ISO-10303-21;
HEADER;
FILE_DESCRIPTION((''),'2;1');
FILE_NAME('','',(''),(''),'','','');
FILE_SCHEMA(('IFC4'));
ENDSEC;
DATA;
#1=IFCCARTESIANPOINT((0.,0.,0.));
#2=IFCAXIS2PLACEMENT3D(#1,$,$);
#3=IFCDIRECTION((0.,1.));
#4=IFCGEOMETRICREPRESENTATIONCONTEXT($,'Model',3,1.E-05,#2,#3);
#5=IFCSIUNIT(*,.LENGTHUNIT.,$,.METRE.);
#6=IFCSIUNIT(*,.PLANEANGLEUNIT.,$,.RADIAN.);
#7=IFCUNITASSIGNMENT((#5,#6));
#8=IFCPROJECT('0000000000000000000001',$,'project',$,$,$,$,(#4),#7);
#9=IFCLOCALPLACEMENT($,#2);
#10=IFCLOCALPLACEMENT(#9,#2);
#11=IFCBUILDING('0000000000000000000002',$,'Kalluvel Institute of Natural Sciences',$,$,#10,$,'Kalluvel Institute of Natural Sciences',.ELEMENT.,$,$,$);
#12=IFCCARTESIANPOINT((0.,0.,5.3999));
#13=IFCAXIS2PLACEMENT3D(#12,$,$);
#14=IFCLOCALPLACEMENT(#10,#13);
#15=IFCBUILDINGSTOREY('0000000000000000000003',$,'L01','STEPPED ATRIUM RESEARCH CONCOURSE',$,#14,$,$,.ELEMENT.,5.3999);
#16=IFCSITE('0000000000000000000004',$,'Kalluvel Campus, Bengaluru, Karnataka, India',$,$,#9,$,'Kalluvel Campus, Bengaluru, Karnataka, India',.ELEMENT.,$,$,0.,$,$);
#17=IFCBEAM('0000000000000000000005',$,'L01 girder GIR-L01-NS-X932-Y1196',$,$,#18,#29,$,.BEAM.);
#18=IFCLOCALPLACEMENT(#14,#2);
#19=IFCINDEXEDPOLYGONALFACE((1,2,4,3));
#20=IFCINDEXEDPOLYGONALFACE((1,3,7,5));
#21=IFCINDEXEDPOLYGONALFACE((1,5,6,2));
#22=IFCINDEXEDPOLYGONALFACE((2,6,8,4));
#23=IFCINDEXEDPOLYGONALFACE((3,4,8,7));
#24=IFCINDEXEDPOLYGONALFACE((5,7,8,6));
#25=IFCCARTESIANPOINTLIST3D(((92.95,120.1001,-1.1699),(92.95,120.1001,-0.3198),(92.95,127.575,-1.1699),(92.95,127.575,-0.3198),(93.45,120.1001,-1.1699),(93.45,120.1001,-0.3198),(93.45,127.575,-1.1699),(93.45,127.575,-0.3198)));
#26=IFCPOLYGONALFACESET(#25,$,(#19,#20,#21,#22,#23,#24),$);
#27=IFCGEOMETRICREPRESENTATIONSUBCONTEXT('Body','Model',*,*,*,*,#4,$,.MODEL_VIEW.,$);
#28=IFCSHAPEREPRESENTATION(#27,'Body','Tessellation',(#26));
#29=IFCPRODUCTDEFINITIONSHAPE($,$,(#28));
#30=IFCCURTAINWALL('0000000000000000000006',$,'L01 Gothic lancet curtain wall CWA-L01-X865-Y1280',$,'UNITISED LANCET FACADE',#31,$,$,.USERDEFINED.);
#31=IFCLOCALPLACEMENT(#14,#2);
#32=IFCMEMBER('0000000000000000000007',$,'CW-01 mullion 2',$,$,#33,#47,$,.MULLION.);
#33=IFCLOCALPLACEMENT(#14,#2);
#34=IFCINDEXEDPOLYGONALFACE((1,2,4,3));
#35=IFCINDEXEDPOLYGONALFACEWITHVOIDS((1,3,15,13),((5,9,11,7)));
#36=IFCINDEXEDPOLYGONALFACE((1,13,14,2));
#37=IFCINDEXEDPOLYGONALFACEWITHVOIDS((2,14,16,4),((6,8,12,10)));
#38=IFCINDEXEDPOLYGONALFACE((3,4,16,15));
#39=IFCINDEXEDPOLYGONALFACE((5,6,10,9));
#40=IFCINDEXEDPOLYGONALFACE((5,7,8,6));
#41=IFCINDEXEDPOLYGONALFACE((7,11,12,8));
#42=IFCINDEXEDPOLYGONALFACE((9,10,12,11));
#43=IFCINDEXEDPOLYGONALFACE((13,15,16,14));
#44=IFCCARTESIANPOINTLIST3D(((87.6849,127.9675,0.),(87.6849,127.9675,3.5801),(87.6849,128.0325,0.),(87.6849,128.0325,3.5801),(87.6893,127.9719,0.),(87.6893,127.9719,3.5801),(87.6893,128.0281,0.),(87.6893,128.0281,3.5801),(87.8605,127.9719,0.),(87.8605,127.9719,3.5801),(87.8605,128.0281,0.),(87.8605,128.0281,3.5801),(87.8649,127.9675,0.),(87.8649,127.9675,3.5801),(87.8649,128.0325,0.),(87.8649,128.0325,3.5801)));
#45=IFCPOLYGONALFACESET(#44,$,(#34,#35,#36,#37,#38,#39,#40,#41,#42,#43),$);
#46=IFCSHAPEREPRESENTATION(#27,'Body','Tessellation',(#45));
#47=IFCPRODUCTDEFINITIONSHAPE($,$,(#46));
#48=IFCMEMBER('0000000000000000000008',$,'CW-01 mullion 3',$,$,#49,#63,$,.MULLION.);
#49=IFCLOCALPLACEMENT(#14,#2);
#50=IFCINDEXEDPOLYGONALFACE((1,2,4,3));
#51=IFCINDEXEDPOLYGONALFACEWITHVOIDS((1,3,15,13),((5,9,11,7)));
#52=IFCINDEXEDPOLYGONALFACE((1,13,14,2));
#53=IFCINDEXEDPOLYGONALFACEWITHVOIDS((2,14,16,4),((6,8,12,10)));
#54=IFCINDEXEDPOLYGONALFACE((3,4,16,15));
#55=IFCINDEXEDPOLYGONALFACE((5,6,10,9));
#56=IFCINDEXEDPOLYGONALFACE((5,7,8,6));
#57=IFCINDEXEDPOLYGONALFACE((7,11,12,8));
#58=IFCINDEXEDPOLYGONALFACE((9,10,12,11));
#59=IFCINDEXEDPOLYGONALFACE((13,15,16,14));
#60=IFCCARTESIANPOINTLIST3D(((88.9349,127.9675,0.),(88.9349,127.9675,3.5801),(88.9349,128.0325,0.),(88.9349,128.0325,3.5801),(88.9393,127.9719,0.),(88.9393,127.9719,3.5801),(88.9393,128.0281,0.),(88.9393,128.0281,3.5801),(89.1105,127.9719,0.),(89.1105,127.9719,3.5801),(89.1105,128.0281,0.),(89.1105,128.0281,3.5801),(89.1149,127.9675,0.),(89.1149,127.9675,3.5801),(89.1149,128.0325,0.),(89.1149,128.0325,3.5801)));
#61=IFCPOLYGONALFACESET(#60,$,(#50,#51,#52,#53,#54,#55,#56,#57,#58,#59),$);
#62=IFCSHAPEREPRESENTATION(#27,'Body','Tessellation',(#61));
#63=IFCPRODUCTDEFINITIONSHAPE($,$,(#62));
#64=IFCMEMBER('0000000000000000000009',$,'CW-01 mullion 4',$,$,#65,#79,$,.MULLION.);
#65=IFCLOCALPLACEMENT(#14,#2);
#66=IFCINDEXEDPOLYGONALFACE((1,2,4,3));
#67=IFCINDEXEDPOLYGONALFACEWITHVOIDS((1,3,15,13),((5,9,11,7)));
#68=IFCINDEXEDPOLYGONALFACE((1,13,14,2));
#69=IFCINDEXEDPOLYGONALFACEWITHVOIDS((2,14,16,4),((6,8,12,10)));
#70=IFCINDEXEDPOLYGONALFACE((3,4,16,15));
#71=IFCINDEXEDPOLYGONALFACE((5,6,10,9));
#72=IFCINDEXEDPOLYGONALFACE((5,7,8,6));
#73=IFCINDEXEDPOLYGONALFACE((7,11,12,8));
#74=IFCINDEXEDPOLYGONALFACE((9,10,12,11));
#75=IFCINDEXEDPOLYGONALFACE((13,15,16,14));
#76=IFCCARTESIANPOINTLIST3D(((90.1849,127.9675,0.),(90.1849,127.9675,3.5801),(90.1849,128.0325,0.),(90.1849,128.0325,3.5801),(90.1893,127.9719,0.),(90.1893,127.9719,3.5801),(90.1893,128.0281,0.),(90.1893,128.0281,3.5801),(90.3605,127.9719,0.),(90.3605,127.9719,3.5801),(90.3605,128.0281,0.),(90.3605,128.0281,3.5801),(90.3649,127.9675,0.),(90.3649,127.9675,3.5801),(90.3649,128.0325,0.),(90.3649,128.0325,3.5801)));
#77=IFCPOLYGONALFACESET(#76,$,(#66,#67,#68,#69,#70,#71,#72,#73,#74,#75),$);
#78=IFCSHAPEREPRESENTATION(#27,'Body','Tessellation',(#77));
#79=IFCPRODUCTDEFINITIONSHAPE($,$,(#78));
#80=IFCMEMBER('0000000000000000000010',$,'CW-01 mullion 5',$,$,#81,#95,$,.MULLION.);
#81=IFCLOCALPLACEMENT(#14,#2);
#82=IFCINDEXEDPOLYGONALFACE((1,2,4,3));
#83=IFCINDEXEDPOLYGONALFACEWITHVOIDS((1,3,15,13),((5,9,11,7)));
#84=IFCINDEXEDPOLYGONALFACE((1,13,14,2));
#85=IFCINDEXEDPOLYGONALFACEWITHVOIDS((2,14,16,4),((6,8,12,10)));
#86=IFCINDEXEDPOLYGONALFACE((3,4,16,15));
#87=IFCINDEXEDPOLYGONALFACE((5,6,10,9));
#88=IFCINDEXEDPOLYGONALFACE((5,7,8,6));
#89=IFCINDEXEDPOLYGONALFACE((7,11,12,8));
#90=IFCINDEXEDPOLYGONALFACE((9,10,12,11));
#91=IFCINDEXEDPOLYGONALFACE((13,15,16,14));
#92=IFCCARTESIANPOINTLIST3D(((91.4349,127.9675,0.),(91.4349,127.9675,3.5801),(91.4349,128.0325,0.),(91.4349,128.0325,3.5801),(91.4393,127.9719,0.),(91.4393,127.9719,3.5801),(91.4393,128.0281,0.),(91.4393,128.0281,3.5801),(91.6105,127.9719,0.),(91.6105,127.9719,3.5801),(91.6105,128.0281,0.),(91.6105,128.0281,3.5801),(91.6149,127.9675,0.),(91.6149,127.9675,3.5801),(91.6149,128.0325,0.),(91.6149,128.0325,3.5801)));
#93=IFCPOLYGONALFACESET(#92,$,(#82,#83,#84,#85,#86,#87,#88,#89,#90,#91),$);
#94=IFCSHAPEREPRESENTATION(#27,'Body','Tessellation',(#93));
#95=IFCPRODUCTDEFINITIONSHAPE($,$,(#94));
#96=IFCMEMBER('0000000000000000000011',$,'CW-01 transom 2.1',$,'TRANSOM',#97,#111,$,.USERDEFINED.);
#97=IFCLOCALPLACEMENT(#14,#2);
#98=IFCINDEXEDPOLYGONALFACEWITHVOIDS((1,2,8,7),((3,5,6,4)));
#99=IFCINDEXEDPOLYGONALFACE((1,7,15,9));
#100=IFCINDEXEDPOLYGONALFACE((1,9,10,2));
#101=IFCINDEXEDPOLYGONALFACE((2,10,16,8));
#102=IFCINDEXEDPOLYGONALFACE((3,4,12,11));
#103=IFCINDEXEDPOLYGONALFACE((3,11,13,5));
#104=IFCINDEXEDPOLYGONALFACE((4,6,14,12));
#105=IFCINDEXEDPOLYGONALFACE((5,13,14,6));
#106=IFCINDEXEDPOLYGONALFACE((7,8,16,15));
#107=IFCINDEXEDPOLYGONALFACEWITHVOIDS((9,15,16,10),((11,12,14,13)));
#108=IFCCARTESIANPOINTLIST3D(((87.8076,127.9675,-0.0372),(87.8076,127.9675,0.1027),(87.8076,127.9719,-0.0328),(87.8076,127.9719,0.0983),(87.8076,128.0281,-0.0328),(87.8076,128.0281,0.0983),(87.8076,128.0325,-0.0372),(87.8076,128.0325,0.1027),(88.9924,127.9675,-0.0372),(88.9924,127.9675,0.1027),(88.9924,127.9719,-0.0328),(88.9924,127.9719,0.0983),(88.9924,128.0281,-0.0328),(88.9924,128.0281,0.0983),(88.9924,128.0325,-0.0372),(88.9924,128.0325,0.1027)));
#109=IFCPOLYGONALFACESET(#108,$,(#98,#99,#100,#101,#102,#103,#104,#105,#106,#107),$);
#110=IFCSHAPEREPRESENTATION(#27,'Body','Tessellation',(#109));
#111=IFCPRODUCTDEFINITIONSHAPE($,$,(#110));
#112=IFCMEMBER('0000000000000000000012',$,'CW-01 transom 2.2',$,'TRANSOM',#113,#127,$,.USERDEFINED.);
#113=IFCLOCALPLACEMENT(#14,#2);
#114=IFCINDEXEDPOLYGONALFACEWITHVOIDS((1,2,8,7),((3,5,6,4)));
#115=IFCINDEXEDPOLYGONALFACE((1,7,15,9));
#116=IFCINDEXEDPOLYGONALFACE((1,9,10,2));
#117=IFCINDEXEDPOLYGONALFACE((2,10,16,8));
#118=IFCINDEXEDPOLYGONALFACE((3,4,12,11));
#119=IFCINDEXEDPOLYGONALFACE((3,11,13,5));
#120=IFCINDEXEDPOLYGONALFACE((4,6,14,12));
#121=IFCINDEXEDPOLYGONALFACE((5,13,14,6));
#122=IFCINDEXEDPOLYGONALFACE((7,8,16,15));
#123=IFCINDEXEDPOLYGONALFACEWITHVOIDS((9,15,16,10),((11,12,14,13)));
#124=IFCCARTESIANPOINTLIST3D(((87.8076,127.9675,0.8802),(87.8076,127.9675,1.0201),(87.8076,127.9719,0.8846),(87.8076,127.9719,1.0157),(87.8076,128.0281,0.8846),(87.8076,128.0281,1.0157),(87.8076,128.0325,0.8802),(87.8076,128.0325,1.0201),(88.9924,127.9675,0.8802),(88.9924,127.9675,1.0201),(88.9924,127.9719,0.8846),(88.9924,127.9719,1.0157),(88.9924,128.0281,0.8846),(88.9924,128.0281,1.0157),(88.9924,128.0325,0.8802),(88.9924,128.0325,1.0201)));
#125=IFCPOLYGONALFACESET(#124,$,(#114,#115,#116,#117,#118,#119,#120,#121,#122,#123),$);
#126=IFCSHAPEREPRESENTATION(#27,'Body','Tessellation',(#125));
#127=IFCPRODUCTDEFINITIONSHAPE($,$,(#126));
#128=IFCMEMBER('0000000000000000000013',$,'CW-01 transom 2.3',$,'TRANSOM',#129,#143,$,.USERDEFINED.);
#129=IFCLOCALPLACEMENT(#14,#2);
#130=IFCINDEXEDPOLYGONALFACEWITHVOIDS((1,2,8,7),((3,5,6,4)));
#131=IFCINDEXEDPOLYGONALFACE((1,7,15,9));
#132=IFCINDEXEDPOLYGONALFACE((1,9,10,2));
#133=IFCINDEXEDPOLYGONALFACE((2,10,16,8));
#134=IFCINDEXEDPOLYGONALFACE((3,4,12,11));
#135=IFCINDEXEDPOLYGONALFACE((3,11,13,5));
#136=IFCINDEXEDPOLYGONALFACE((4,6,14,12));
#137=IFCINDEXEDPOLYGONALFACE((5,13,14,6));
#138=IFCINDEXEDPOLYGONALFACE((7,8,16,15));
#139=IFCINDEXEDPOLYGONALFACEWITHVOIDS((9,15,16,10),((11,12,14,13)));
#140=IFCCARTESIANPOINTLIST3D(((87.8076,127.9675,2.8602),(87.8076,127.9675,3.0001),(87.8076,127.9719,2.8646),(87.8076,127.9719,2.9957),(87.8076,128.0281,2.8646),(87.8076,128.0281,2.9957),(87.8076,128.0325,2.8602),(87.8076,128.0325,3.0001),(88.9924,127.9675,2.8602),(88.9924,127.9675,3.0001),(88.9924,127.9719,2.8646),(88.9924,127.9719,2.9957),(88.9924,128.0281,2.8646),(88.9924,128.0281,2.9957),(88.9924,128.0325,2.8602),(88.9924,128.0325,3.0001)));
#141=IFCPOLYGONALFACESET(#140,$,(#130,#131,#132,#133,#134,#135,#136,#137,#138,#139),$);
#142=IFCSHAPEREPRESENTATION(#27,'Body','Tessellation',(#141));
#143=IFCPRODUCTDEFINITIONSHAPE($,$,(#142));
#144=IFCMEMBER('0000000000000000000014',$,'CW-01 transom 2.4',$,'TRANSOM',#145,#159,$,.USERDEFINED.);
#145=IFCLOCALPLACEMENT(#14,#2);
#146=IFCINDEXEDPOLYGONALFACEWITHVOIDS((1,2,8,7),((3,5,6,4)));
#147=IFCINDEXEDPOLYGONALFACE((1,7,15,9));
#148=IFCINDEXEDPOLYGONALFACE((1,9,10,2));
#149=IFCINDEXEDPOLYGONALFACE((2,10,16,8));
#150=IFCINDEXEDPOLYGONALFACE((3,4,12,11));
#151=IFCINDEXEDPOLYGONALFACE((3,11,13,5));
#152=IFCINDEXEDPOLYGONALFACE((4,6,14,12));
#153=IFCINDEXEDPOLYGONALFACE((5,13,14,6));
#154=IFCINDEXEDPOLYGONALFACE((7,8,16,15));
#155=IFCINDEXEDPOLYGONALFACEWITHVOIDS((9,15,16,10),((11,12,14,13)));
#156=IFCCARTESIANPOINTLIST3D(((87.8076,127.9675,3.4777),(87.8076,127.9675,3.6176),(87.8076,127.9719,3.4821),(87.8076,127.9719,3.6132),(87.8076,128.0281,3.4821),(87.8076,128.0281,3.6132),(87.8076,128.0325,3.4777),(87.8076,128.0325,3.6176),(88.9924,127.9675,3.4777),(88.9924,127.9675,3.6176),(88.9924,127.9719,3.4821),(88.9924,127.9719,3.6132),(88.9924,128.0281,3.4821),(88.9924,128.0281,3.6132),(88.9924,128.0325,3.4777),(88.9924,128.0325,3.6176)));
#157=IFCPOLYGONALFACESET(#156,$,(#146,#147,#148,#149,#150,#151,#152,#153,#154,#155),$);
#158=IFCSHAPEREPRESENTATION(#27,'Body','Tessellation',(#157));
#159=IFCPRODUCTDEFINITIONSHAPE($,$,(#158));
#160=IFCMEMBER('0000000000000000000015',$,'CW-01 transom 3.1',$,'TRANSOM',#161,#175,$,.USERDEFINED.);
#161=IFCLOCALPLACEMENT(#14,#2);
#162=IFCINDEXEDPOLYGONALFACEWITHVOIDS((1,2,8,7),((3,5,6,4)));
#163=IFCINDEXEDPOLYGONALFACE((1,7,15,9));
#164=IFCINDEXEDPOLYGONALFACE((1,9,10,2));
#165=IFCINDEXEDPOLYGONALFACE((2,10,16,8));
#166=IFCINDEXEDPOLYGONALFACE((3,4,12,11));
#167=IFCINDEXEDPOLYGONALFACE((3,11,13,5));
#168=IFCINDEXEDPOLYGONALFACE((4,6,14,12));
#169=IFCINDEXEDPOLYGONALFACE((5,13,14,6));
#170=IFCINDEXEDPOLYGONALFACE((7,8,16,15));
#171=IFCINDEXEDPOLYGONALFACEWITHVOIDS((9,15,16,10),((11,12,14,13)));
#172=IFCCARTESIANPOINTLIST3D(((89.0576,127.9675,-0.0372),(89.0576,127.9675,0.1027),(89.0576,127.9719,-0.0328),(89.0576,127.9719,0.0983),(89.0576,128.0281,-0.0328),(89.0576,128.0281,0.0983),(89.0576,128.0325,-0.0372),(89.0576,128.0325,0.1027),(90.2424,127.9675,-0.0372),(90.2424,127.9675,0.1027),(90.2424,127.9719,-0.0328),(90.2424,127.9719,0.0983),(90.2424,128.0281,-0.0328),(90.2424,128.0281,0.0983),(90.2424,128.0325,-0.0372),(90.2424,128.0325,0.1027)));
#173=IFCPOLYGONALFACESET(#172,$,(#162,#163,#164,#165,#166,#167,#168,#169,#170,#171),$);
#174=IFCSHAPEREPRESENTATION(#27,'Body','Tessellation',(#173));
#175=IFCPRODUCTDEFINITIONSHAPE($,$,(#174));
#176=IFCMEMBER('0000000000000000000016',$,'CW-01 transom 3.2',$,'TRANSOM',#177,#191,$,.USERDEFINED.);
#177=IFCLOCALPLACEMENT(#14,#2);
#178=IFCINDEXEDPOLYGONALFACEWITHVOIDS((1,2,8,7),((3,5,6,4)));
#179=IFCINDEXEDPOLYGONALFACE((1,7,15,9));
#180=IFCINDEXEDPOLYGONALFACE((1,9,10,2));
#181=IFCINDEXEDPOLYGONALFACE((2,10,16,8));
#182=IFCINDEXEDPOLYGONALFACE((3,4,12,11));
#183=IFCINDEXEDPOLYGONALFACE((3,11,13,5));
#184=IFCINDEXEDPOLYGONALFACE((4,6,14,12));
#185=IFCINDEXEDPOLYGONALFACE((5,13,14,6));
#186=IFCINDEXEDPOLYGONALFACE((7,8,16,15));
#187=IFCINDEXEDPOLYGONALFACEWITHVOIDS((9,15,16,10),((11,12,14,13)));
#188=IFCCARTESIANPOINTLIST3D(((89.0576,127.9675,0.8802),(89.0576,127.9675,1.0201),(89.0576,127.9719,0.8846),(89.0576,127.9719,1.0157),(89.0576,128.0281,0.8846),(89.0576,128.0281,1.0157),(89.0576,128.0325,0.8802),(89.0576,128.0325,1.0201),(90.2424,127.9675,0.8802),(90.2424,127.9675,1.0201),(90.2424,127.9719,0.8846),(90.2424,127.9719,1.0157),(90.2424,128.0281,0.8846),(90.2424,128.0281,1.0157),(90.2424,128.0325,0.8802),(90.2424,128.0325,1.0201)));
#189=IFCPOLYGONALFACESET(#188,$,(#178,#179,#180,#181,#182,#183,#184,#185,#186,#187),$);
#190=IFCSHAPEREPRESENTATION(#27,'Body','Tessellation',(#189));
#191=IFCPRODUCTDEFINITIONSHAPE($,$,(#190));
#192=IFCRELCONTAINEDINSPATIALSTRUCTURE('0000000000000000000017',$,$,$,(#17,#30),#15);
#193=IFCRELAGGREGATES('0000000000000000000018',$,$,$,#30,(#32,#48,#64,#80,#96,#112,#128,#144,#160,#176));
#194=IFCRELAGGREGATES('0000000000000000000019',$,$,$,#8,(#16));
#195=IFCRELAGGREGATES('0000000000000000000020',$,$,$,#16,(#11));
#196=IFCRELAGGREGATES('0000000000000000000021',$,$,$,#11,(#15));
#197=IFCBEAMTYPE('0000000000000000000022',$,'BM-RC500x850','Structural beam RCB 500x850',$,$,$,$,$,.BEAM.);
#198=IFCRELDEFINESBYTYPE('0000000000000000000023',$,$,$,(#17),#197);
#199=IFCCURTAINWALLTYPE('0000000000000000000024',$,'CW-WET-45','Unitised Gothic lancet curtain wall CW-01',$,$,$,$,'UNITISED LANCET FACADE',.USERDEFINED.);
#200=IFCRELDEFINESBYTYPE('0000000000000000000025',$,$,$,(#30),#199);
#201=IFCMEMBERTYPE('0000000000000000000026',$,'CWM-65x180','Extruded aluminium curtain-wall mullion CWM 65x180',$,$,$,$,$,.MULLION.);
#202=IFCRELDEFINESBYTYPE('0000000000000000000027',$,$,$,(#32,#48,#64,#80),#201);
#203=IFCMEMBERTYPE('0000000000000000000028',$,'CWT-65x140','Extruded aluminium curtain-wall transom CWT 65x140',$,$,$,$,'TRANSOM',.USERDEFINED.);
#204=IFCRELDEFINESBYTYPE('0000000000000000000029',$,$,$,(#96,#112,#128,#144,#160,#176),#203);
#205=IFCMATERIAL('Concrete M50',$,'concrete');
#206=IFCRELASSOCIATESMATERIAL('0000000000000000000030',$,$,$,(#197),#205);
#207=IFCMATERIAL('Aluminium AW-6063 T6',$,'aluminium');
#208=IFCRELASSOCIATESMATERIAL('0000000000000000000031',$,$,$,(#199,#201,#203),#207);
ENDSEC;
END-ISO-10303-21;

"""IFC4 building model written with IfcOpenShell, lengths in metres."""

from ifc_helpers import new_model, si_unit, direction, frame, origin, origin_2d, place, context, subcontext, project, spatial, rectangle, hollow_rectangle, extrude, material, material_profile, profile_set, type_object, element, aggregate, save


model = new_model("IFC4")

# Units and contexts
model_context = context("Model", 3, precision=1e-05, world=origin(), true_north=direction((0.0, 1.0)))
body_context = subcontext(model_context, "Body", "Model", "MODEL_VIEW")
ifc_project = project(units=[si_unit("LENGTHUNIT", "METRE"), si_unit("PLANEANGLEUNIT", "RADIAN")], contexts=[model_context])

# Site, building, storey
site_placement = place(None, origin())
site = spatial("IfcSite", under=ifc_project, at=site_placement, Name="Kalluvel Campus, Bengaluru, Karnataka, India", LongName="Kalluvel Campus, Bengaluru, Karnataka, India", CompositionType="ELEMENT", RefElevation=0.0)
building_placement = place(site_placement, origin())
building = spatial("IfcBuilding", under=site, at=building_placement, Name="Kalluvel Institute of Natural Sciences", LongName="Kalluvel Institute of Natural Sciences", CompositionType="ELEMENT")
storey_placement = place(building_placement, frame((0.0, 0.0, 5.3999)))
storey = spatial("IfcBuildingStorey", under=building, at=storey_placement, Name="L01", Description="STEPPED ATRIUM RESEARCH CONCOURSE", CompositionType="ELEMENT", Elevation=5.3999)

# Beam
ifc_material_1 = material(Name="Concrete M50", Category="concrete")
ifc_material_profile_1 = material_profile(ifc_material_1, rectangle(XDim=0.5, YDim=0.8501, at=origin_2d()), Name="RCB 500x850")
ifc_profile_set_1 = profile_set([ifc_material_profile_1], Name="Concrete M50")
beam_type = type_object("IfcBeamType", Name="BM-RC500x850", Description="Structural beam RCB 500x850", PredefinedType="BEAM", material=ifc_profile_set_1)
beam_placement = place(storey_placement, frame((93.2, 120.1001, -0.7449), z_axis=(0.0, 1.0, 0.0), x_axis=(-1.0, 0.0, 0.0)))
element("IfcBeam", 1, at=beam_placement, inside=storey, type_object=beam_type, Name="L01 girder GIR-L01-NS-X932-Y1196", PredefinedType="BEAM", context=body_context, shape_type="SweptSolid", body=[
    extrude(rectangle(XDim=0.5, YDim=0.8501, at=origin_2d()), origin(), (0.0, 0.0, 1.0), 7.4749),
])

# Curtain wall, members
ifc_material_2 = material(Name="Aluminium AW-6063 T6", Category="aluminium")
curtain_wall_type = type_object("IfcCurtainWallType", Name="CW-WET-45", Description="Unitised Gothic lancet curtain wall CW-01", ElementType="UNITISED LANCET FACADE", PredefinedType="USERDEFINED", material=ifc_material_2)
curtain_wall_placement = place(storey_placement, origin())
curtain_wall = element("IfcCurtainWall", 2, at=curtain_wall_placement, inside=storey, type_object=curtain_wall_type, Name="L01 Gothic lancet curtain wall CWA-L01-X865-Y1280", ObjectType="UNITISED LANCET FACADE", PredefinedType="USERDEFINED")
ifc_material_profile_2 = material_profile(ifc_material_2, hollow_rectangle(XDim=0.0649, YDim=0.1799, WallThickness=0.0044, at=origin_2d()), Name="CWM 65x180")
ifc_profile_set_2 = profile_set([ifc_material_profile_2], Name="Aluminium AW-6063 T6")
member_type_1 = type_object("IfcMemberType", Name="CWM-65x180", Description="Extruded aluminium curtain-wall mullion CWM 65x180", PredefinedType="MULLION", material=ifc_profile_set_2)
member_1_placement = place(storey_placement, frame((87.7749, 128.0, 0.0), z_axis=(0.0, 0.0, 1.0), x_axis=(0.0, 1.0, 0.0)))
member_1 = element("IfcMember", 3, at=member_1_placement, type_object=member_type_1, Name="CW-01 mullion 2", PredefinedType="MULLION", context=body_context, shape_type="SweptSolid", body=[
    extrude(hollow_rectangle(XDim=0.0649, YDim=0.1799, WallThickness=0.0044, at=origin_2d()), origin(), (0.0, 0.0, 1.0), 3.5801),
])
member_2_placement = place(storey_placement, frame((89.0249, 128.0, 0.0), z_axis=(0.0, 0.0, 1.0), x_axis=(0.0, 1.0, 0.0)))
member_2 = element("IfcMember", 4, at=member_2_placement, type_object=member_type_1, Name="CW-01 mullion 3", PredefinedType="MULLION", context=body_context, shape_type="SweptSolid", body=[
    extrude(hollow_rectangle(XDim=0.0649, YDim=0.1799, WallThickness=0.0044, at=origin_2d()), origin(), (0.0, 0.0, 1.0), 3.5801),
])
member_3_placement = place(storey_placement, frame((90.2749, 128.0, 0.0), z_axis=(0.0, 0.0, 1.0), x_axis=(0.0, 1.0, 0.0)))
member_3 = element("IfcMember", 5, at=member_3_placement, type_object=member_type_1, Name="CW-01 mullion 4", PredefinedType="MULLION", context=body_context, shape_type="SweptSolid", body=[
    extrude(hollow_rectangle(XDim=0.0649, YDim=0.1799, WallThickness=0.0044, at=origin_2d()), origin(), (0.0, 0.0, 1.0), 3.5801),
])
member_4_placement = place(storey_placement, frame((91.5249, 128.0, 0.0), z_axis=(0.0, 0.0, 1.0), x_axis=(0.0, 1.0, 0.0)))
member_4 = element("IfcMember", 6, at=member_4_placement, type_object=member_type_1, Name="CW-01 mullion 5", PredefinedType="MULLION", context=body_context, shape_type="SweptSolid", body=[
    extrude(hollow_rectangle(XDim=0.0649, YDim=0.1799, WallThickness=0.0044, at=origin_2d()), origin(), (0.0, 0.0, 1.0), 3.5801),
])
ifc_material_profile_3 = material_profile(ifc_material_2, hollow_rectangle(XDim=0.0649, YDim=0.1399, WallThickness=0.0044, at=origin_2d()), Name="CWT 65x140")
ifc_profile_set_3 = profile_set([ifc_material_profile_3], Name="Aluminium AW-6063 T6")
member_type_2 = type_object("IfcMemberType", Name="CWT-65x140", Description="Extruded aluminium curtain-wall transom CWT 65x140", ElementType="TRANSOM", PredefinedType="USERDEFINED", material=ifc_profile_set_3)
member_5_placement = place(storey_placement, frame((87.8076, 128.0, 0.0327), z_axis=(1.0, 0.0, 0.0), x_axis=(0.0, 1.0, 0.0)))
member_5 = element("IfcMember", 7, at=member_5_placement, type_object=member_type_2, Name="CW-01 transom 2.1", ObjectType="TRANSOM", PredefinedType="USERDEFINED", context=body_context, shape_type="SweptSolid", body=[
    extrude(hollow_rectangle(XDim=0.0649, YDim=0.1399, WallThickness=0.0044, at=origin_2d()), origin(), (0.0, 0.0, 1.0), 1.1848),
])
member_6_placement = place(storey_placement, frame((87.8076, 128.0, 0.9502), z_axis=(1.0, 0.0, 0.0), x_axis=(0.0, 1.0, 0.0)))
member_6 = element("IfcMember", 8, at=member_6_placement, type_object=member_type_2, Name="CW-01 transom 2.2", ObjectType="TRANSOM", PredefinedType="USERDEFINED", context=body_context, shape_type="SweptSolid", body=[
    extrude(hollow_rectangle(XDim=0.0649, YDim=0.1399, WallThickness=0.0044, at=origin_2d()), origin(), (0.0, 0.0, 1.0), 1.1848),
])
member_7_placement = place(storey_placement, frame((87.8076, 128.0, 2.9302), z_axis=(1.0, 0.0, 0.0), x_axis=(0.0, 1.0, 0.0)))
member_7 = element("IfcMember", 9, at=member_7_placement, type_object=member_type_2, Name="CW-01 transom 2.3", ObjectType="TRANSOM", PredefinedType="USERDEFINED", context=body_context, shape_type="SweptSolid", body=[
    extrude(hollow_rectangle(XDim=0.0649, YDim=0.1399, WallThickness=0.0044, at=origin_2d()), origin(), (0.0, 0.0, 1.0), 1.1848),
])
member_8_placement = place(storey_placement, frame((87.8076, 128.0, 3.5476), z_axis=(1.0, 0.0, 0.0), x_axis=(0.0, 1.0, 0.0)))
member_8 = element("IfcMember", 10, at=member_8_placement, type_object=member_type_2, Name="CW-01 transom 2.4", ObjectType="TRANSOM", PredefinedType="USERDEFINED", context=body_context, shape_type="SweptSolid", body=[
    extrude(hollow_rectangle(XDim=0.0649, YDim=0.1399, WallThickness=0.0044, at=origin_2d()), origin(), (0.0, 0.0, 1.0), 1.1848),
])
member_9_placement = place(storey_placement, frame((89.0576, 128.0, 0.0327), z_axis=(1.0, 0.0, 0.0), x_axis=(0.0, 1.0, 0.0)))
member_9 = element("IfcMember", 11, at=member_9_placement, type_object=member_type_2, Name="CW-01 transom 3.1", ObjectType="TRANSOM", PredefinedType="USERDEFINED", context=body_context, shape_type="SweptSolid", body=[
    extrude(hollow_rectangle(XDim=0.0649, YDim=0.1399, WallThickness=0.0044, at=origin_2d()), origin(), (0.0, 0.0, 1.0), 1.1848),
])
member_10_placement = place(storey_placement, frame((89.0576, 128.0, 0.9502), z_axis=(1.0, 0.0, 0.0), x_axis=(0.0, 1.0, 0.0)))
member_10 = element("IfcMember", 12, at=member_10_placement, type_object=member_type_2, Name="CW-01 transom 3.2", ObjectType="TRANSOM", PredefinedType="USERDEFINED", context=body_context, shape_type="SweptSolid", body=[
    extrude(hollow_rectangle(XDim=0.0649, YDim=0.1399, WallThickness=0.0044, at=origin_2d()), origin(), (0.0, 0.0, 1.0), 1.1848),
])
aggregate(curtain_wall, [member_1, member_2, member_3, member_4, member_5, member_6, member_7, member_8, member_9, member_10])

save(model, "model.ifc")
